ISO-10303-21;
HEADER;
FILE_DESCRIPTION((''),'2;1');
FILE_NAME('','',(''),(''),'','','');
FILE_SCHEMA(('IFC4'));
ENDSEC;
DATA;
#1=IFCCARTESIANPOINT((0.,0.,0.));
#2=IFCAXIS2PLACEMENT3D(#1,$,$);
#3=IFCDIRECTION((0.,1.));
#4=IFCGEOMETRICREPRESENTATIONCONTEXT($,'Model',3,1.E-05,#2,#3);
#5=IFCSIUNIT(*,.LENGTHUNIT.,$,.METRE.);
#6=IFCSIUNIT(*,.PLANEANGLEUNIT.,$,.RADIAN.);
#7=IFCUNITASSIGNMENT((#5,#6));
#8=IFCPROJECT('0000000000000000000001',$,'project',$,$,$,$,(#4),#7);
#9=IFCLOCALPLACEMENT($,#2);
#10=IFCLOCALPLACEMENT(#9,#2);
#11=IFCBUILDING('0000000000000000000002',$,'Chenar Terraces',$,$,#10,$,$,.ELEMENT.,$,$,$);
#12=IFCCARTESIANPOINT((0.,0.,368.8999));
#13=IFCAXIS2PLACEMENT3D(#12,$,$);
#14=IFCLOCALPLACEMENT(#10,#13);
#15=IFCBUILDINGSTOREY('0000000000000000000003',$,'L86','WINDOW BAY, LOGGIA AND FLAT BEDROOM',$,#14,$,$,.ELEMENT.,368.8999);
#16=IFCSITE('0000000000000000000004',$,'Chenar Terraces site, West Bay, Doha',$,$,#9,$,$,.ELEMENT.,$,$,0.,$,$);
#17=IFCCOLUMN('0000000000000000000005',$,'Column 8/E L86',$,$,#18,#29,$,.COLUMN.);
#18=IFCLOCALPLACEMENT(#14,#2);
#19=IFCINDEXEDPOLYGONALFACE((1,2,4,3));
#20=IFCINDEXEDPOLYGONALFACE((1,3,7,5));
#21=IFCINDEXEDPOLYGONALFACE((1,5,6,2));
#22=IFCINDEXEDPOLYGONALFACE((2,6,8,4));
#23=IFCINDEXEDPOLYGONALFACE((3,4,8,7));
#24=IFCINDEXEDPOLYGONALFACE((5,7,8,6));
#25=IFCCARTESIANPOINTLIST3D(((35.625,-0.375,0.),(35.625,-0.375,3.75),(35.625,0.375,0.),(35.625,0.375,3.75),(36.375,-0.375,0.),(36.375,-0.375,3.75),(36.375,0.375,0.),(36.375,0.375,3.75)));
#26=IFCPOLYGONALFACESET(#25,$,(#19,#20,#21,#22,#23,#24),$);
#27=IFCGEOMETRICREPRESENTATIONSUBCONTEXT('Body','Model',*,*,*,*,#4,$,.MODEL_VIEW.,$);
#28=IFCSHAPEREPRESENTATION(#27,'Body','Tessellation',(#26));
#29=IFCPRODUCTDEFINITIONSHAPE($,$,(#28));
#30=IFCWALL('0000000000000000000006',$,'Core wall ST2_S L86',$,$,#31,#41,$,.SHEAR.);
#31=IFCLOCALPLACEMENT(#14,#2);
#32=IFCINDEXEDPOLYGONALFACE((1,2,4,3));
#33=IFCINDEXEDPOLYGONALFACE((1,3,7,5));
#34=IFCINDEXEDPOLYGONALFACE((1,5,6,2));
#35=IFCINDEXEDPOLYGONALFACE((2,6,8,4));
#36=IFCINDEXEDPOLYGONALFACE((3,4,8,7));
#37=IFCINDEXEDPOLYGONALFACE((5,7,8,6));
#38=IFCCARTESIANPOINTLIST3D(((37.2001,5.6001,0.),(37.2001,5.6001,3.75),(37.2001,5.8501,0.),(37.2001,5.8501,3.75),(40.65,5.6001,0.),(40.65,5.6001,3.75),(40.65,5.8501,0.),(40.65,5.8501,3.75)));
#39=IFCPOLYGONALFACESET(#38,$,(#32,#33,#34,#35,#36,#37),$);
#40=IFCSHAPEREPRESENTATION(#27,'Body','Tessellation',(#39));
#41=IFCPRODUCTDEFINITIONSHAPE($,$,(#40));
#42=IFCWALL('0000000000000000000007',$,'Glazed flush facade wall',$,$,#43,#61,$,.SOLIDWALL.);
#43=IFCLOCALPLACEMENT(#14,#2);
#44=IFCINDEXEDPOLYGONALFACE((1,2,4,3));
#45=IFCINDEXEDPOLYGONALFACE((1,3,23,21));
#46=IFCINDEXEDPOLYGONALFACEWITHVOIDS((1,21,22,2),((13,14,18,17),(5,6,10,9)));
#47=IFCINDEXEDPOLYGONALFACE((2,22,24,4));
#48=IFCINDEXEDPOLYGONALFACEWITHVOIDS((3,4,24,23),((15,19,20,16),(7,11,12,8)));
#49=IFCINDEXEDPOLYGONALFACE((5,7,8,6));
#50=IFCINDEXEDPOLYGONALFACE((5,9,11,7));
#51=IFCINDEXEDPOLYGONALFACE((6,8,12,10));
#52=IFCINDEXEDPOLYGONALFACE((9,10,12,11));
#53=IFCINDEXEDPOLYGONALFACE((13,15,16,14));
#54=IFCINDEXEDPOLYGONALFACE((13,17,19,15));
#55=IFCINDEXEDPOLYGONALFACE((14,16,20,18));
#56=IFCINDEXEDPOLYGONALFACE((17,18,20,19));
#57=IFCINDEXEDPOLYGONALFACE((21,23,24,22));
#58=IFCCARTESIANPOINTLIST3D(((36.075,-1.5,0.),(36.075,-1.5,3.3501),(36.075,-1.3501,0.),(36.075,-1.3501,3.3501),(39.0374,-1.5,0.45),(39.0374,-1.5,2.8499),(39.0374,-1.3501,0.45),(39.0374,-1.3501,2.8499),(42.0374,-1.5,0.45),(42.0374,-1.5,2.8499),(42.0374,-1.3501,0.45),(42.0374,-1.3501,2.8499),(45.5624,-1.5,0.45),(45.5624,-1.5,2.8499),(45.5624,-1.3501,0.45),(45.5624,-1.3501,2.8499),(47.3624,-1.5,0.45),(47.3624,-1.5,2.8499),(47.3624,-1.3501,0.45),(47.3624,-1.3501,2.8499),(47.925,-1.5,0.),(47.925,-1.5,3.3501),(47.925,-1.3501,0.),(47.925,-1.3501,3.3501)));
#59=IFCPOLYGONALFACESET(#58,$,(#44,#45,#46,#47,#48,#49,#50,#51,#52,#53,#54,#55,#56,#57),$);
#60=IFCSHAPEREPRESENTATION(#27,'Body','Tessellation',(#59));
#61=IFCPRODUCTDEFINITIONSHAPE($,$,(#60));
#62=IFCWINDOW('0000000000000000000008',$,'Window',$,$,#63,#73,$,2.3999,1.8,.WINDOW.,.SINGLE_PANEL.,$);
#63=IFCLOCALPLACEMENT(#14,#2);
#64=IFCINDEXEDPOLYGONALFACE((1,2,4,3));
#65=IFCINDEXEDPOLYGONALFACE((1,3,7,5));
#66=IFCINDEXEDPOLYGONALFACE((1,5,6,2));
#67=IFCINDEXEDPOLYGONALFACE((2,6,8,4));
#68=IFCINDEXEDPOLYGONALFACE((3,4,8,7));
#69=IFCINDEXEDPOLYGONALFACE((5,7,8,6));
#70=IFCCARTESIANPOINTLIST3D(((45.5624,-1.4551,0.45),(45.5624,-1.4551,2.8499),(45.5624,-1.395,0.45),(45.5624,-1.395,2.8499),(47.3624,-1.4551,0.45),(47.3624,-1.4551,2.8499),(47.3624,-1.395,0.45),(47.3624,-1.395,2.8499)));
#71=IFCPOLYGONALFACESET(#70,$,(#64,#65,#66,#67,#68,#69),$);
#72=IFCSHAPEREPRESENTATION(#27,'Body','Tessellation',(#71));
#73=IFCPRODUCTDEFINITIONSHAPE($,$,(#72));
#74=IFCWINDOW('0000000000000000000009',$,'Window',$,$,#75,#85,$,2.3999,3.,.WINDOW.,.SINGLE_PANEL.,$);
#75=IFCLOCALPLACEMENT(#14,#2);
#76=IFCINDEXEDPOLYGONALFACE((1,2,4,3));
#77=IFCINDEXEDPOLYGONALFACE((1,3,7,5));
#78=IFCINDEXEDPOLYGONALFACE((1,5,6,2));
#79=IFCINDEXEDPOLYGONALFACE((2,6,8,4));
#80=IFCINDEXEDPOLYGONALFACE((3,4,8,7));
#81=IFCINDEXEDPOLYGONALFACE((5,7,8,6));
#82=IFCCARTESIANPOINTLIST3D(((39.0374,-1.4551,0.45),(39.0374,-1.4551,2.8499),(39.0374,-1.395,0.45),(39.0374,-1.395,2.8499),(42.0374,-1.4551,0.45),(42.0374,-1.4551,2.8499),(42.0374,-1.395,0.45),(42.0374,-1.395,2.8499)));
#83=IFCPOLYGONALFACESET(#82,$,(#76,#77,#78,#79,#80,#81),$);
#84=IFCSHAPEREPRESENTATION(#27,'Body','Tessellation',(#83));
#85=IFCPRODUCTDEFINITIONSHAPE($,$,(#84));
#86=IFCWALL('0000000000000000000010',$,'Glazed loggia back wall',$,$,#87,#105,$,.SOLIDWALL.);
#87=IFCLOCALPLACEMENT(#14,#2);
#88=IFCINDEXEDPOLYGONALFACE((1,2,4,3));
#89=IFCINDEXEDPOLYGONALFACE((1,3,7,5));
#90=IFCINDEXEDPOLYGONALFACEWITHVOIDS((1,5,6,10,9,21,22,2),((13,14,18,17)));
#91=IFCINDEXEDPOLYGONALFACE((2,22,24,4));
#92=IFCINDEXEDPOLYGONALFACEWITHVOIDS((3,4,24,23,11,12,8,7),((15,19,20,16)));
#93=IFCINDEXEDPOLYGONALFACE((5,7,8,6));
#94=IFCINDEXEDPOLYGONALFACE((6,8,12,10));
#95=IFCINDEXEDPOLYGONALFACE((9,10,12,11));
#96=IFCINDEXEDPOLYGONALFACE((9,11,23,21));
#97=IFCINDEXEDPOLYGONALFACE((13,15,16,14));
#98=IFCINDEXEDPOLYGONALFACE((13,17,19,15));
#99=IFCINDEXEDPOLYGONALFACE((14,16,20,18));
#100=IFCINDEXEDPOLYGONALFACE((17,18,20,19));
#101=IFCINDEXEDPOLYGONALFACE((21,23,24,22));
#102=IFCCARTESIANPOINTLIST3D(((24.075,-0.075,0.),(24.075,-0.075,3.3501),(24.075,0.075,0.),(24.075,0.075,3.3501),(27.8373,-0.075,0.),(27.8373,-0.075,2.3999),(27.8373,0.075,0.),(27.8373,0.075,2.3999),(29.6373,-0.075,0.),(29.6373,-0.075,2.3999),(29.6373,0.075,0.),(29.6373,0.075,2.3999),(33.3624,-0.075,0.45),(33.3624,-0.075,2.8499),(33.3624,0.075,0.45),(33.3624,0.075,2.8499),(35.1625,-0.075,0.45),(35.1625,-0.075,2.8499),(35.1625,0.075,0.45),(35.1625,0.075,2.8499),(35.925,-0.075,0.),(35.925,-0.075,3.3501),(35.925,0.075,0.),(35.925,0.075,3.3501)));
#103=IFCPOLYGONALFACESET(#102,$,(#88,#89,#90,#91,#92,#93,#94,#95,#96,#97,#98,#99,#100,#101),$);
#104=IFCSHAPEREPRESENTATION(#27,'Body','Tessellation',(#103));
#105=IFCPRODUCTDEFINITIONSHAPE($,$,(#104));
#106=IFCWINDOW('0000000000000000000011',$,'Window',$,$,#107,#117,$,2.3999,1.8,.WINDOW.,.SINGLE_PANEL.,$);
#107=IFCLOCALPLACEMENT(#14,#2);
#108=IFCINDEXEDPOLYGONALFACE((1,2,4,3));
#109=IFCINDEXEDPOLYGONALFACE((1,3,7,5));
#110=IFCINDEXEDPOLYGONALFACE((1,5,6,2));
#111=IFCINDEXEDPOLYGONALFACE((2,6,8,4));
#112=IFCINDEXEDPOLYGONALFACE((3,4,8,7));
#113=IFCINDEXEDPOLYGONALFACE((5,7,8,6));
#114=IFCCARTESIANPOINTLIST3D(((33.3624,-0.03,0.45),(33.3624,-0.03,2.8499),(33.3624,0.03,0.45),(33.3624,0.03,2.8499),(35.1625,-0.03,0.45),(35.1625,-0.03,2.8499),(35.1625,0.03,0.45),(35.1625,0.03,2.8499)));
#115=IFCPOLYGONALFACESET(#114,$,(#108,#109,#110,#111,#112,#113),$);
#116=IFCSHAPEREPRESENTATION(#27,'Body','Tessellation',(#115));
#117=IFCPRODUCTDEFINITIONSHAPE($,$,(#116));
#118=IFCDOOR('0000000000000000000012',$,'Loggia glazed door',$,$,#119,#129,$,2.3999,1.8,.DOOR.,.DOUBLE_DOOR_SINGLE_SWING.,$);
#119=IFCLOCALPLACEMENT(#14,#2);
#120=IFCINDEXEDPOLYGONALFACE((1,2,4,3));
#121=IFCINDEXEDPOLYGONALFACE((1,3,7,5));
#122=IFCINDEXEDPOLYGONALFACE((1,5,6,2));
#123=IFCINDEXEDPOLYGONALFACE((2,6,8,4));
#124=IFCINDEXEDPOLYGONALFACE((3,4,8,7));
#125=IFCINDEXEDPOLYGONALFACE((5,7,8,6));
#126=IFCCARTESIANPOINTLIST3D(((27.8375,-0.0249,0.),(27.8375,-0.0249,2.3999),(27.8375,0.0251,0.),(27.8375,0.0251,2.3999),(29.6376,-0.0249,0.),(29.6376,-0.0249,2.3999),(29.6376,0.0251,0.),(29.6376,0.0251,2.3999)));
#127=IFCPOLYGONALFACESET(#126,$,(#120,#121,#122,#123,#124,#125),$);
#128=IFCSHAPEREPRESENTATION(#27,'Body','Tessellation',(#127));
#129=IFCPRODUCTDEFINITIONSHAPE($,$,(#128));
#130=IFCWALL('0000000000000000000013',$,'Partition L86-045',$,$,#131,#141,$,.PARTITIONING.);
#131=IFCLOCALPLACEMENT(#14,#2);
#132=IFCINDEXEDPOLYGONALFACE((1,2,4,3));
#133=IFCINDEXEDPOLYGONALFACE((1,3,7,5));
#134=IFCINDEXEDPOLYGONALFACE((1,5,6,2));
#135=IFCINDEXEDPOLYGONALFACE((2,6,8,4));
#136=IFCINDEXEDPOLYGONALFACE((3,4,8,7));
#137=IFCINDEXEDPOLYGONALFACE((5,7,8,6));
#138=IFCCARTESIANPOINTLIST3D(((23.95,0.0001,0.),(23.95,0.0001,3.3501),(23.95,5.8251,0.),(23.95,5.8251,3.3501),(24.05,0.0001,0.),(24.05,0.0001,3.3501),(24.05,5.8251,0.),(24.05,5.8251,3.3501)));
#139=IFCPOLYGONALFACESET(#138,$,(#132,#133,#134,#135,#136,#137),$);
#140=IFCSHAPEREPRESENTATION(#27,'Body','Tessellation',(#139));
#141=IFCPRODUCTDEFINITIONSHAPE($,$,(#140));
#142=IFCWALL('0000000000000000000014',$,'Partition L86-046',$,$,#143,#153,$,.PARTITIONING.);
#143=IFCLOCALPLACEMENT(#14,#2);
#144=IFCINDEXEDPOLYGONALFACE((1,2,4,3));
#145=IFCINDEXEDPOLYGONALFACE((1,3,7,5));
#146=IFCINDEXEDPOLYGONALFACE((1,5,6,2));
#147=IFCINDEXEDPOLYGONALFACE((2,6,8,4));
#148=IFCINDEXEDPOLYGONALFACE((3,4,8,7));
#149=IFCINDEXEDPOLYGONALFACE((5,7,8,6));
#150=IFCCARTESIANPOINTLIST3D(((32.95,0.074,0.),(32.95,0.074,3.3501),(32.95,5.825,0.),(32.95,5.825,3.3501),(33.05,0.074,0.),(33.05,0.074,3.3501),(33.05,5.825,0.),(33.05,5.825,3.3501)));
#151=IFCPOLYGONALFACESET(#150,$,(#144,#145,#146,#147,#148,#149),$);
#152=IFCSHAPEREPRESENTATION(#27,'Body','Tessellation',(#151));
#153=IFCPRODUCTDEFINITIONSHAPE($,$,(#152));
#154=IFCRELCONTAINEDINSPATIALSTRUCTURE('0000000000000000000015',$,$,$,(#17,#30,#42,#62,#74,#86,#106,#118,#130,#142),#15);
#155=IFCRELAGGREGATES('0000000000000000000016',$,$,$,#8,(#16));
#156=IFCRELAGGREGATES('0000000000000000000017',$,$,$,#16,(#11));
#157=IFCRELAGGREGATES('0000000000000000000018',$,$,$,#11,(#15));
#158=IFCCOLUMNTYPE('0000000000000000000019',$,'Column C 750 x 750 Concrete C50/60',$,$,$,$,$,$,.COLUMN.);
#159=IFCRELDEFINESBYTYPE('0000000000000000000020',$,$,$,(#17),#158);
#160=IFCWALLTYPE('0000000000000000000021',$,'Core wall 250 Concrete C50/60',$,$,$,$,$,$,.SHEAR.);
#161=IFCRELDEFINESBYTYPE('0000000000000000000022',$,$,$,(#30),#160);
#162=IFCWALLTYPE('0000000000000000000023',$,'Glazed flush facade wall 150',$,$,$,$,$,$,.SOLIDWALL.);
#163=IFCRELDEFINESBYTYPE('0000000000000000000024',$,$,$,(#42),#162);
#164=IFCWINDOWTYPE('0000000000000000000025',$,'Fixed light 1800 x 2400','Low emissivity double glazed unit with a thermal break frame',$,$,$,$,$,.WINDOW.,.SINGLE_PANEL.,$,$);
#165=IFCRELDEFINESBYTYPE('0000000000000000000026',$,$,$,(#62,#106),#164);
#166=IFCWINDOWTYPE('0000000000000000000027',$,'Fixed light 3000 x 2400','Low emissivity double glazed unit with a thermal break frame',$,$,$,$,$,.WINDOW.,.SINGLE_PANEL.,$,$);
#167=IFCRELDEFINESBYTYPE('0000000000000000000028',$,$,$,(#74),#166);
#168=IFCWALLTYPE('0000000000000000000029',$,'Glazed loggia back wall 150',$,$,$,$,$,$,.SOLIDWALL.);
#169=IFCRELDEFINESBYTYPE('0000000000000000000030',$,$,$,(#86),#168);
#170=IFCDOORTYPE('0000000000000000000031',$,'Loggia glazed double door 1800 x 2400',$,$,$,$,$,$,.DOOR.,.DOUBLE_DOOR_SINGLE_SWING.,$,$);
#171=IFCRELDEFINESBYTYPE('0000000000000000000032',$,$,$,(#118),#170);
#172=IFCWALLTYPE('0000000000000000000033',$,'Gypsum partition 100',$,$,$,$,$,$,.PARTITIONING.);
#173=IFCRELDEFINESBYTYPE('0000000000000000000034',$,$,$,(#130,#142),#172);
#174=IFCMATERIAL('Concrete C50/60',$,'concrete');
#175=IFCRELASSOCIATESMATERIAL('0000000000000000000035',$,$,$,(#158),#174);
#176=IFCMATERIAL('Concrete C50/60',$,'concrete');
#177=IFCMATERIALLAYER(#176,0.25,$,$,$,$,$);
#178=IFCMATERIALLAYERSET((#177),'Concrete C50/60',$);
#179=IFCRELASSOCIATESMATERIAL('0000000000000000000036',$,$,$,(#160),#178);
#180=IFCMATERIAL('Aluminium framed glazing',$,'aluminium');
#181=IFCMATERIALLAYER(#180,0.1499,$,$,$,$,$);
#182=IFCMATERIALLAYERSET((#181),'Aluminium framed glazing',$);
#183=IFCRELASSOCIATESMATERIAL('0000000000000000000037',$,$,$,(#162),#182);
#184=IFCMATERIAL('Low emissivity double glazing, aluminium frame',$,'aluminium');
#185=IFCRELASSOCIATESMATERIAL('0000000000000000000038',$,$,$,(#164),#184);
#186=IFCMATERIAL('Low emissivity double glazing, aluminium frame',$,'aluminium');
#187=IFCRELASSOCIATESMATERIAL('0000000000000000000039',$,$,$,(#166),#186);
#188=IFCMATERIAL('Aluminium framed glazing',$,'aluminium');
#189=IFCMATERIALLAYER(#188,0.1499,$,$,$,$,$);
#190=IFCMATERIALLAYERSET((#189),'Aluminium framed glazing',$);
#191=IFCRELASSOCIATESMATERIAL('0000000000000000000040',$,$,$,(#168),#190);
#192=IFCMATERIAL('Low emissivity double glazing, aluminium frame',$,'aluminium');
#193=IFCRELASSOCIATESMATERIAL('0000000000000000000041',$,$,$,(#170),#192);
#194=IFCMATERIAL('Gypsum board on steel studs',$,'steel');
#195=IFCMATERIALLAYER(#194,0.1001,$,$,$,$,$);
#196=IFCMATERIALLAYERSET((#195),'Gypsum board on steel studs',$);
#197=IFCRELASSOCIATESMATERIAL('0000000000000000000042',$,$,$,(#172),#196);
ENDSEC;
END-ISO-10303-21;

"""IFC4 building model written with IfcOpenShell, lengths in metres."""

from ifc_helpers import new_model, si_unit, direction, frame, frame_2d, origin, origin_2d, place, context, subcontext, project, spatial, rectangle, extrude, material, layer, layer_set, material_profile, profile_set, type_object, element, fill, save


model = new_model("IFC4")

# Units and contexts
model_context = context("Model", 3, precision=1e-05, world=origin(), true_north=direction((0.0, 1.0)))
body_context = subcontext(model_context, "Body", "Model", "MODEL_VIEW")
ifc_project = project(units=[si_unit("LENGTHUNIT", "METRE"), si_unit("PLANEANGLEUNIT", "RADIAN")], contexts=[model_context])

# Site, building, storey
site_placement = place(None, origin())
site = spatial("IfcSite", under=ifc_project, at=site_placement, Name="Chenar Terraces site, West Bay, Doha", CompositionType="ELEMENT", RefElevation=0.0)
building_placement = place(site_placement, origin())
building = spatial("IfcBuilding", under=site, at=building_placement, Name="Chenar Terraces", CompositionType="ELEMENT")
storey_placement = place(building_placement, frame((0.0, 0.0, 368.8999)))
storey = spatial("IfcBuildingStorey", under=building, at=storey_placement, Name="L86", Description="WINDOW BAY, LOGGIA AND FLAT BEDROOM", CompositionType="ELEMENT", Elevation=368.8999)

# Column
ifc_material_1 = material(Name="Concrete C50/60", Category="concrete")
ifc_material_profile_1 = material_profile(ifc_material_1, rectangle(XDim=0.75, YDim=0.75, at=origin_2d()), Name="C 750 x 750")
ifc_profile_set_1 = profile_set([ifc_material_profile_1], Name="Concrete C50/60")
column_type = type_object("IfcColumnType", Name="Column C 750 x 750 Concrete C50/60", PredefinedType="COLUMN", material=ifc_profile_set_1)
column_placement = place(storey_placement, frame((36.0, 0.0, 0.0), z_axis=(0.0, 0.0, 1.0), x_axis=(1.0, 0.0, 0.0)))
element("IfcColumn", 1, at=column_placement, inside=storey, type_object=column_type, Name="Column 8/E L86", PredefinedType="COLUMN", context=body_context, shape_type="SweptSolid", body=[
    extrude(rectangle(XDim=0.75, YDim=0.75, at=origin_2d()), origin(), (0.0, 0.0, 1.0), 3.75),
])

# Wall
ifc_material_2 = material(Name="Concrete C50/60", Category="concrete")
ifc_layer_1 = layer(ifc_material_2, 0.25)
ifc_layer_set_1 = layer_set([ifc_layer_1], Name="Concrete C50/60")
wall_type_1 = type_object("IfcWallType", Name="Core wall 250 Concrete C50/60", PredefinedType="SHEAR", material=ifc_layer_set_1)
wall_1_placement = place(storey_placement, frame((37.2, 5.7251, 0.0), z_axis=(0.0, 0.0, 1.0), x_axis=(1.0, 0.0, 0.0)))
element("IfcWall", 2, at=wall_1_placement, inside=storey, type_object=wall_type_1, Name="Core wall ST2_S L86", PredefinedType="SHEAR", context=body_context, shape_type="SweptSolid", body=[
    extrude(rectangle(XDim=3.45, YDim=0.25, at=frame_2d((1.7251, 0.0))), origin(), (0.0, 0.0, 1.0), 3.75),
])

# Wall, openings, windows
ifc_material_3 = material(Name="Aluminium framed glazing", Category="aluminium")
ifc_layer_2 = layer(ifc_material_3, 0.1499)
ifc_layer_set_2 = layer_set([ifc_layer_2], Name="Aluminium framed glazing")
wall_type_2 = type_object("IfcWallType", Name="Glazed flush facade wall 150", PredefinedType="SOLIDWALL", material=ifc_layer_set_2)
wall_2_placement = place(storey_placement, frame((36.075, -1.425, 0.0), z_axis=(0.0, 0.0, 1.0), x_axis=(1.0, 0.0, 0.0)))
wall_2 = element("IfcWall", 3, at=wall_2_placement, inside=storey, type_object=wall_type_2, Name="Glazed flush facade wall", PredefinedType="SOLIDWALL", context=body_context, shape_type="SweptSolid", body=[
    extrude(rectangle(XDim=11.8501, YDim=0.1499, at=frame_2d((5.925, 0.0))), origin(), (0.0, 0.0, 1.0), 3.3501),
])
opening_1_placement = place(wall_2_placement, frame((2.9624, 0.0, 0.45)))
opening_1 = element("IfcOpeningElement", 4, at=opening_1_placement, cuts=wall_2, PredefinedType="OPENING", context=body_context, shape_type="SweptSolid", body=[
    extrude(rectangle(XDim=3.0, YDim=2.3999, at=frame_2d((1.5, 1.2))), frame((0.0, 0.085, 0.0), z_axis=(0.0, -1.0, 0.0), x_axis=(1.0, 0.0, 0.0)), (0.0, 0.0, 1.0), 0.1699),
])
opening_2_placement = place(wall_2_placement, frame((9.4875, 0.0, 0.45)))
opening_2 = element("IfcOpeningElement", 5, at=opening_2_placement, cuts=wall_2, PredefinedType="OPENING", context=body_context, shape_type="SweptSolid", body=[
    extrude(rectangle(XDim=1.8, YDim=2.3999, at=frame_2d((0.8999, 1.2))), frame((0.0, 0.085, 0.0), z_axis=(0.0, -1.0, 0.0), x_axis=(1.0, 0.0, 0.0)), (0.0, 0.0, 1.0), 0.1699),
])
ifc_material_4 = material(Name="Low emissivity double glazing, aluminium frame", Category="aluminium")
window_type_1 = type_object("IfcWindowType", Name="Fixed light 1800 x 2400", Description="Low emissivity double glazed unit with a thermal break frame", PartitioningType="SINGLE_PANEL", PredefinedType="WINDOW", material=ifc_material_4)
window_1_placement = place(opening_2_placement, origin())
window_1 = element("IfcWindow", 6, at=window_1_placement, inside=storey, type_object=window_type_1, Name="Window", OverallHeight=2.3999, OverallWidth=1.8, PartitioningType="SINGLE_PANEL", PredefinedType="WINDOW", context=body_context, shape_type="SweptSolid", body=[
    extrude(rectangle(XDim=1.8, YDim=2.3999, at=frame_2d((0.8999, 1.2))), frame((0.0, 0.03, 0.0), z_axis=(0.0, -1.0, 0.0), x_axis=(1.0, 0.0, 0.0)), (0.0, 0.0, 1.0), 0.0601),
])
fill(opening_2, window_1)
ifc_material_5 = material(Name="Low emissivity double glazing, aluminium frame", Category="aluminium")
window_type_2 = type_object("IfcWindowType", Name="Fixed light 3000 x 2400", Description="Low emissivity double glazed unit with a thermal break frame", PartitioningType="SINGLE_PANEL", PredefinedType="WINDOW", material=ifc_material_5)
window_2_placement = place(opening_1_placement, origin())
window_2 = element("IfcWindow", 7, at=window_2_placement, inside=storey, type_object=window_type_2, Name="Window", OverallHeight=2.3999, OverallWidth=3.0, PartitioningType="SINGLE_PANEL", PredefinedType="WINDOW", context=body_context, shape_type="SweptSolid", body=[
    extrude(rectangle(XDim=3.0, YDim=2.3999, at=frame_2d((1.5, 1.2))), frame((0.0, 0.03, 0.0), z_axis=(0.0, -1.0, 0.0), x_axis=(1.0, 0.0, 0.0)), (0.0, 0.0, 1.0), 0.0601),
])
fill(opening_1, window_2)

# Wall, openings, window, door
ifc_material_6 = material(Name="Aluminium framed glazing", Category="aluminium")
ifc_layer_3 = layer(ifc_material_6, 0.1499)
ifc_layer_set_3 = layer_set([ifc_layer_3], Name="Aluminium framed glazing")
wall_type_3 = type_object("IfcWallType", Name="Glazed loggia back wall 150", PredefinedType="SOLIDWALL", material=ifc_layer_set_3)
wall_3_placement = place(storey_placement, frame((24.075, 0.0, 0.0), z_axis=(0.0, 0.0, 1.0), x_axis=(1.0, 0.0, 0.0)))
wall_3 = element("IfcWall", 8, at=wall_3_placement, inside=storey, type_object=wall_type_3, Name="Glazed loggia back wall", PredefinedType="SOLIDWALL", context=body_context, shape_type="SweptSolid", body=[
    extrude(rectangle(XDim=11.8501, YDim=0.1499, at=frame_2d((5.925, 0.0))), origin(), (0.0, 0.0, 1.0), 3.3501),
])
opening_3_placement = place(wall_3_placement, frame((3.7625, 0.0, 0.0)))
opening_3 = element("IfcOpeningElement", 9, at=opening_3_placement, cuts=wall_3, PredefinedType="OPENING", context=body_context, shape_type="SweptSolid", body=[
    extrude(rectangle(XDim=1.8, YDim=2.3999, at=frame_2d((0.8999, 1.2))), frame((0.0, 0.085, 0.0), z_axis=(0.0, -1.0, 0.0), x_axis=(1.0, 0.0, 0.0)), (0.0, 0.0, 1.0), 0.1699),
])
opening_4_placement = place(wall_3_placement, frame((9.2876, 0.0, 0.45)))
opening_4 = element("IfcOpeningElement", 10, at=opening_4_placement, cuts=wall_3, PredefinedType="OPENING", context=body_context, shape_type="SweptSolid", body=[
    extrude(rectangle(XDim=1.8, YDim=2.3999, at=frame_2d((0.8999, 1.2))), frame((0.0, 0.085, 0.0), z_axis=(0.0, -1.0, 0.0), x_axis=(1.0, 0.0, 0.0)), (0.0, 0.0, 1.0), 0.1699),
])
window_3_placement = place(opening_4_placement, origin())
window_3 = element("IfcWindow", 11, at=window_3_placement, inside=storey, type_object=window_type_1, Name="Window", OverallHeight=2.3999, OverallWidth=1.8, PartitioningType="SINGLE_PANEL", PredefinedType="WINDOW", context=body_context, shape_type="SweptSolid", body=[
    extrude(rectangle(XDim=1.8, YDim=2.3999, at=frame_2d((0.8999, 1.2))), frame((0.0, 0.03, 0.0), z_axis=(0.0, -1.0, 0.0), x_axis=(1.0, 0.0, 0.0)), (0.0, 0.0, 1.0), 0.0601),
])
fill(opening_4, window_3)
ifc_material_7 = material(Name="Low emissivity double glazing, aluminium frame", Category="aluminium")
door_type_1 = type_object("IfcDoorType", Name="Loggia glazed double door 1800 x 2400", OperationType="DOUBLE_DOOR_SINGLE_SWING", PredefinedType="DOOR", material=ifc_material_7)
door_1_placement = place(opening_3_placement, frame((1.8, 0.0, 0.0), z_axis=(0.0, 0.0, 1.0), x_axis=(-1.0, 0.0, 0.0)))
door_1 = element("IfcDoor", 12, at=door_1_placement, inside=storey, type_object=door_type_1, Name="Loggia glazed door", OperationType="DOUBLE_DOOR_SINGLE_SWING", OverallHeight=2.3999, OverallWidth=1.8, PredefinedType="DOOR", context=body_context, shape_type="SweptSolid", body=[
    extrude(rectangle(XDim=1.8, YDim=2.3999, at=frame_2d((0.8999, 1.2))), frame((0.0, 0.0249, 0.0), z_axis=(0.0, -1.0, 0.0), x_axis=(1.0, 0.0, 0.0)), (0.0, 0.0, 1.0), 0.05),
])
fill(opening_3, door_1)

# Walls
ifc_material_8 = material(Name="Gypsum board on steel studs", Category="steel")
ifc_layer_4 = layer(ifc_material_8, 0.1001)
ifc_layer_set_4 = layer_set([ifc_layer_4], Name="Gypsum board on steel studs")
wall_type_4 = type_object("IfcWallType", Name="Gypsum partition 100", PredefinedType="PARTITIONING", material=ifc_layer_set_4)
wall_4_placement = place(storey_placement, frame((24.0, 0.0, 0.0), z_axis=(0.0, 0.0, 1.0), x_axis=(0.0, 1.0, 0.0)))
element("IfcWall", 13, at=wall_4_placement, inside=storey, type_object=wall_type_4, Name="Partition L86-045", PredefinedType="PARTITIONING", context=body_context, shape_type="SweptSolid", body=[
    extrude(rectangle(XDim=5.825, YDim=0.1001, at=frame_2d((2.9126, 0.0))), origin(), (0.0, 0.0, 1.0), 3.3501),
])
wall_5_placement = place(storey_placement, frame((33.0, 0.074, 0.0), z_axis=(0.0, 0.0, 1.0), x_axis=(0.0, 1.0, 0.0)))
element("IfcWall", 14, at=wall_5_placement, inside=storey, type_object=wall_type_4, Name="Partition L86-046", PredefinedType="PARTITIONING", context=body_context, shape_type="SweptSolid", body=[
    extrude(rectangle(XDim=5.751, YDim=0.1001, at=frame_2d((2.8755, 0.0))), origin(), (0.0, 0.0, 1.0), 3.3501),
])

save(model, "model.ifc")
